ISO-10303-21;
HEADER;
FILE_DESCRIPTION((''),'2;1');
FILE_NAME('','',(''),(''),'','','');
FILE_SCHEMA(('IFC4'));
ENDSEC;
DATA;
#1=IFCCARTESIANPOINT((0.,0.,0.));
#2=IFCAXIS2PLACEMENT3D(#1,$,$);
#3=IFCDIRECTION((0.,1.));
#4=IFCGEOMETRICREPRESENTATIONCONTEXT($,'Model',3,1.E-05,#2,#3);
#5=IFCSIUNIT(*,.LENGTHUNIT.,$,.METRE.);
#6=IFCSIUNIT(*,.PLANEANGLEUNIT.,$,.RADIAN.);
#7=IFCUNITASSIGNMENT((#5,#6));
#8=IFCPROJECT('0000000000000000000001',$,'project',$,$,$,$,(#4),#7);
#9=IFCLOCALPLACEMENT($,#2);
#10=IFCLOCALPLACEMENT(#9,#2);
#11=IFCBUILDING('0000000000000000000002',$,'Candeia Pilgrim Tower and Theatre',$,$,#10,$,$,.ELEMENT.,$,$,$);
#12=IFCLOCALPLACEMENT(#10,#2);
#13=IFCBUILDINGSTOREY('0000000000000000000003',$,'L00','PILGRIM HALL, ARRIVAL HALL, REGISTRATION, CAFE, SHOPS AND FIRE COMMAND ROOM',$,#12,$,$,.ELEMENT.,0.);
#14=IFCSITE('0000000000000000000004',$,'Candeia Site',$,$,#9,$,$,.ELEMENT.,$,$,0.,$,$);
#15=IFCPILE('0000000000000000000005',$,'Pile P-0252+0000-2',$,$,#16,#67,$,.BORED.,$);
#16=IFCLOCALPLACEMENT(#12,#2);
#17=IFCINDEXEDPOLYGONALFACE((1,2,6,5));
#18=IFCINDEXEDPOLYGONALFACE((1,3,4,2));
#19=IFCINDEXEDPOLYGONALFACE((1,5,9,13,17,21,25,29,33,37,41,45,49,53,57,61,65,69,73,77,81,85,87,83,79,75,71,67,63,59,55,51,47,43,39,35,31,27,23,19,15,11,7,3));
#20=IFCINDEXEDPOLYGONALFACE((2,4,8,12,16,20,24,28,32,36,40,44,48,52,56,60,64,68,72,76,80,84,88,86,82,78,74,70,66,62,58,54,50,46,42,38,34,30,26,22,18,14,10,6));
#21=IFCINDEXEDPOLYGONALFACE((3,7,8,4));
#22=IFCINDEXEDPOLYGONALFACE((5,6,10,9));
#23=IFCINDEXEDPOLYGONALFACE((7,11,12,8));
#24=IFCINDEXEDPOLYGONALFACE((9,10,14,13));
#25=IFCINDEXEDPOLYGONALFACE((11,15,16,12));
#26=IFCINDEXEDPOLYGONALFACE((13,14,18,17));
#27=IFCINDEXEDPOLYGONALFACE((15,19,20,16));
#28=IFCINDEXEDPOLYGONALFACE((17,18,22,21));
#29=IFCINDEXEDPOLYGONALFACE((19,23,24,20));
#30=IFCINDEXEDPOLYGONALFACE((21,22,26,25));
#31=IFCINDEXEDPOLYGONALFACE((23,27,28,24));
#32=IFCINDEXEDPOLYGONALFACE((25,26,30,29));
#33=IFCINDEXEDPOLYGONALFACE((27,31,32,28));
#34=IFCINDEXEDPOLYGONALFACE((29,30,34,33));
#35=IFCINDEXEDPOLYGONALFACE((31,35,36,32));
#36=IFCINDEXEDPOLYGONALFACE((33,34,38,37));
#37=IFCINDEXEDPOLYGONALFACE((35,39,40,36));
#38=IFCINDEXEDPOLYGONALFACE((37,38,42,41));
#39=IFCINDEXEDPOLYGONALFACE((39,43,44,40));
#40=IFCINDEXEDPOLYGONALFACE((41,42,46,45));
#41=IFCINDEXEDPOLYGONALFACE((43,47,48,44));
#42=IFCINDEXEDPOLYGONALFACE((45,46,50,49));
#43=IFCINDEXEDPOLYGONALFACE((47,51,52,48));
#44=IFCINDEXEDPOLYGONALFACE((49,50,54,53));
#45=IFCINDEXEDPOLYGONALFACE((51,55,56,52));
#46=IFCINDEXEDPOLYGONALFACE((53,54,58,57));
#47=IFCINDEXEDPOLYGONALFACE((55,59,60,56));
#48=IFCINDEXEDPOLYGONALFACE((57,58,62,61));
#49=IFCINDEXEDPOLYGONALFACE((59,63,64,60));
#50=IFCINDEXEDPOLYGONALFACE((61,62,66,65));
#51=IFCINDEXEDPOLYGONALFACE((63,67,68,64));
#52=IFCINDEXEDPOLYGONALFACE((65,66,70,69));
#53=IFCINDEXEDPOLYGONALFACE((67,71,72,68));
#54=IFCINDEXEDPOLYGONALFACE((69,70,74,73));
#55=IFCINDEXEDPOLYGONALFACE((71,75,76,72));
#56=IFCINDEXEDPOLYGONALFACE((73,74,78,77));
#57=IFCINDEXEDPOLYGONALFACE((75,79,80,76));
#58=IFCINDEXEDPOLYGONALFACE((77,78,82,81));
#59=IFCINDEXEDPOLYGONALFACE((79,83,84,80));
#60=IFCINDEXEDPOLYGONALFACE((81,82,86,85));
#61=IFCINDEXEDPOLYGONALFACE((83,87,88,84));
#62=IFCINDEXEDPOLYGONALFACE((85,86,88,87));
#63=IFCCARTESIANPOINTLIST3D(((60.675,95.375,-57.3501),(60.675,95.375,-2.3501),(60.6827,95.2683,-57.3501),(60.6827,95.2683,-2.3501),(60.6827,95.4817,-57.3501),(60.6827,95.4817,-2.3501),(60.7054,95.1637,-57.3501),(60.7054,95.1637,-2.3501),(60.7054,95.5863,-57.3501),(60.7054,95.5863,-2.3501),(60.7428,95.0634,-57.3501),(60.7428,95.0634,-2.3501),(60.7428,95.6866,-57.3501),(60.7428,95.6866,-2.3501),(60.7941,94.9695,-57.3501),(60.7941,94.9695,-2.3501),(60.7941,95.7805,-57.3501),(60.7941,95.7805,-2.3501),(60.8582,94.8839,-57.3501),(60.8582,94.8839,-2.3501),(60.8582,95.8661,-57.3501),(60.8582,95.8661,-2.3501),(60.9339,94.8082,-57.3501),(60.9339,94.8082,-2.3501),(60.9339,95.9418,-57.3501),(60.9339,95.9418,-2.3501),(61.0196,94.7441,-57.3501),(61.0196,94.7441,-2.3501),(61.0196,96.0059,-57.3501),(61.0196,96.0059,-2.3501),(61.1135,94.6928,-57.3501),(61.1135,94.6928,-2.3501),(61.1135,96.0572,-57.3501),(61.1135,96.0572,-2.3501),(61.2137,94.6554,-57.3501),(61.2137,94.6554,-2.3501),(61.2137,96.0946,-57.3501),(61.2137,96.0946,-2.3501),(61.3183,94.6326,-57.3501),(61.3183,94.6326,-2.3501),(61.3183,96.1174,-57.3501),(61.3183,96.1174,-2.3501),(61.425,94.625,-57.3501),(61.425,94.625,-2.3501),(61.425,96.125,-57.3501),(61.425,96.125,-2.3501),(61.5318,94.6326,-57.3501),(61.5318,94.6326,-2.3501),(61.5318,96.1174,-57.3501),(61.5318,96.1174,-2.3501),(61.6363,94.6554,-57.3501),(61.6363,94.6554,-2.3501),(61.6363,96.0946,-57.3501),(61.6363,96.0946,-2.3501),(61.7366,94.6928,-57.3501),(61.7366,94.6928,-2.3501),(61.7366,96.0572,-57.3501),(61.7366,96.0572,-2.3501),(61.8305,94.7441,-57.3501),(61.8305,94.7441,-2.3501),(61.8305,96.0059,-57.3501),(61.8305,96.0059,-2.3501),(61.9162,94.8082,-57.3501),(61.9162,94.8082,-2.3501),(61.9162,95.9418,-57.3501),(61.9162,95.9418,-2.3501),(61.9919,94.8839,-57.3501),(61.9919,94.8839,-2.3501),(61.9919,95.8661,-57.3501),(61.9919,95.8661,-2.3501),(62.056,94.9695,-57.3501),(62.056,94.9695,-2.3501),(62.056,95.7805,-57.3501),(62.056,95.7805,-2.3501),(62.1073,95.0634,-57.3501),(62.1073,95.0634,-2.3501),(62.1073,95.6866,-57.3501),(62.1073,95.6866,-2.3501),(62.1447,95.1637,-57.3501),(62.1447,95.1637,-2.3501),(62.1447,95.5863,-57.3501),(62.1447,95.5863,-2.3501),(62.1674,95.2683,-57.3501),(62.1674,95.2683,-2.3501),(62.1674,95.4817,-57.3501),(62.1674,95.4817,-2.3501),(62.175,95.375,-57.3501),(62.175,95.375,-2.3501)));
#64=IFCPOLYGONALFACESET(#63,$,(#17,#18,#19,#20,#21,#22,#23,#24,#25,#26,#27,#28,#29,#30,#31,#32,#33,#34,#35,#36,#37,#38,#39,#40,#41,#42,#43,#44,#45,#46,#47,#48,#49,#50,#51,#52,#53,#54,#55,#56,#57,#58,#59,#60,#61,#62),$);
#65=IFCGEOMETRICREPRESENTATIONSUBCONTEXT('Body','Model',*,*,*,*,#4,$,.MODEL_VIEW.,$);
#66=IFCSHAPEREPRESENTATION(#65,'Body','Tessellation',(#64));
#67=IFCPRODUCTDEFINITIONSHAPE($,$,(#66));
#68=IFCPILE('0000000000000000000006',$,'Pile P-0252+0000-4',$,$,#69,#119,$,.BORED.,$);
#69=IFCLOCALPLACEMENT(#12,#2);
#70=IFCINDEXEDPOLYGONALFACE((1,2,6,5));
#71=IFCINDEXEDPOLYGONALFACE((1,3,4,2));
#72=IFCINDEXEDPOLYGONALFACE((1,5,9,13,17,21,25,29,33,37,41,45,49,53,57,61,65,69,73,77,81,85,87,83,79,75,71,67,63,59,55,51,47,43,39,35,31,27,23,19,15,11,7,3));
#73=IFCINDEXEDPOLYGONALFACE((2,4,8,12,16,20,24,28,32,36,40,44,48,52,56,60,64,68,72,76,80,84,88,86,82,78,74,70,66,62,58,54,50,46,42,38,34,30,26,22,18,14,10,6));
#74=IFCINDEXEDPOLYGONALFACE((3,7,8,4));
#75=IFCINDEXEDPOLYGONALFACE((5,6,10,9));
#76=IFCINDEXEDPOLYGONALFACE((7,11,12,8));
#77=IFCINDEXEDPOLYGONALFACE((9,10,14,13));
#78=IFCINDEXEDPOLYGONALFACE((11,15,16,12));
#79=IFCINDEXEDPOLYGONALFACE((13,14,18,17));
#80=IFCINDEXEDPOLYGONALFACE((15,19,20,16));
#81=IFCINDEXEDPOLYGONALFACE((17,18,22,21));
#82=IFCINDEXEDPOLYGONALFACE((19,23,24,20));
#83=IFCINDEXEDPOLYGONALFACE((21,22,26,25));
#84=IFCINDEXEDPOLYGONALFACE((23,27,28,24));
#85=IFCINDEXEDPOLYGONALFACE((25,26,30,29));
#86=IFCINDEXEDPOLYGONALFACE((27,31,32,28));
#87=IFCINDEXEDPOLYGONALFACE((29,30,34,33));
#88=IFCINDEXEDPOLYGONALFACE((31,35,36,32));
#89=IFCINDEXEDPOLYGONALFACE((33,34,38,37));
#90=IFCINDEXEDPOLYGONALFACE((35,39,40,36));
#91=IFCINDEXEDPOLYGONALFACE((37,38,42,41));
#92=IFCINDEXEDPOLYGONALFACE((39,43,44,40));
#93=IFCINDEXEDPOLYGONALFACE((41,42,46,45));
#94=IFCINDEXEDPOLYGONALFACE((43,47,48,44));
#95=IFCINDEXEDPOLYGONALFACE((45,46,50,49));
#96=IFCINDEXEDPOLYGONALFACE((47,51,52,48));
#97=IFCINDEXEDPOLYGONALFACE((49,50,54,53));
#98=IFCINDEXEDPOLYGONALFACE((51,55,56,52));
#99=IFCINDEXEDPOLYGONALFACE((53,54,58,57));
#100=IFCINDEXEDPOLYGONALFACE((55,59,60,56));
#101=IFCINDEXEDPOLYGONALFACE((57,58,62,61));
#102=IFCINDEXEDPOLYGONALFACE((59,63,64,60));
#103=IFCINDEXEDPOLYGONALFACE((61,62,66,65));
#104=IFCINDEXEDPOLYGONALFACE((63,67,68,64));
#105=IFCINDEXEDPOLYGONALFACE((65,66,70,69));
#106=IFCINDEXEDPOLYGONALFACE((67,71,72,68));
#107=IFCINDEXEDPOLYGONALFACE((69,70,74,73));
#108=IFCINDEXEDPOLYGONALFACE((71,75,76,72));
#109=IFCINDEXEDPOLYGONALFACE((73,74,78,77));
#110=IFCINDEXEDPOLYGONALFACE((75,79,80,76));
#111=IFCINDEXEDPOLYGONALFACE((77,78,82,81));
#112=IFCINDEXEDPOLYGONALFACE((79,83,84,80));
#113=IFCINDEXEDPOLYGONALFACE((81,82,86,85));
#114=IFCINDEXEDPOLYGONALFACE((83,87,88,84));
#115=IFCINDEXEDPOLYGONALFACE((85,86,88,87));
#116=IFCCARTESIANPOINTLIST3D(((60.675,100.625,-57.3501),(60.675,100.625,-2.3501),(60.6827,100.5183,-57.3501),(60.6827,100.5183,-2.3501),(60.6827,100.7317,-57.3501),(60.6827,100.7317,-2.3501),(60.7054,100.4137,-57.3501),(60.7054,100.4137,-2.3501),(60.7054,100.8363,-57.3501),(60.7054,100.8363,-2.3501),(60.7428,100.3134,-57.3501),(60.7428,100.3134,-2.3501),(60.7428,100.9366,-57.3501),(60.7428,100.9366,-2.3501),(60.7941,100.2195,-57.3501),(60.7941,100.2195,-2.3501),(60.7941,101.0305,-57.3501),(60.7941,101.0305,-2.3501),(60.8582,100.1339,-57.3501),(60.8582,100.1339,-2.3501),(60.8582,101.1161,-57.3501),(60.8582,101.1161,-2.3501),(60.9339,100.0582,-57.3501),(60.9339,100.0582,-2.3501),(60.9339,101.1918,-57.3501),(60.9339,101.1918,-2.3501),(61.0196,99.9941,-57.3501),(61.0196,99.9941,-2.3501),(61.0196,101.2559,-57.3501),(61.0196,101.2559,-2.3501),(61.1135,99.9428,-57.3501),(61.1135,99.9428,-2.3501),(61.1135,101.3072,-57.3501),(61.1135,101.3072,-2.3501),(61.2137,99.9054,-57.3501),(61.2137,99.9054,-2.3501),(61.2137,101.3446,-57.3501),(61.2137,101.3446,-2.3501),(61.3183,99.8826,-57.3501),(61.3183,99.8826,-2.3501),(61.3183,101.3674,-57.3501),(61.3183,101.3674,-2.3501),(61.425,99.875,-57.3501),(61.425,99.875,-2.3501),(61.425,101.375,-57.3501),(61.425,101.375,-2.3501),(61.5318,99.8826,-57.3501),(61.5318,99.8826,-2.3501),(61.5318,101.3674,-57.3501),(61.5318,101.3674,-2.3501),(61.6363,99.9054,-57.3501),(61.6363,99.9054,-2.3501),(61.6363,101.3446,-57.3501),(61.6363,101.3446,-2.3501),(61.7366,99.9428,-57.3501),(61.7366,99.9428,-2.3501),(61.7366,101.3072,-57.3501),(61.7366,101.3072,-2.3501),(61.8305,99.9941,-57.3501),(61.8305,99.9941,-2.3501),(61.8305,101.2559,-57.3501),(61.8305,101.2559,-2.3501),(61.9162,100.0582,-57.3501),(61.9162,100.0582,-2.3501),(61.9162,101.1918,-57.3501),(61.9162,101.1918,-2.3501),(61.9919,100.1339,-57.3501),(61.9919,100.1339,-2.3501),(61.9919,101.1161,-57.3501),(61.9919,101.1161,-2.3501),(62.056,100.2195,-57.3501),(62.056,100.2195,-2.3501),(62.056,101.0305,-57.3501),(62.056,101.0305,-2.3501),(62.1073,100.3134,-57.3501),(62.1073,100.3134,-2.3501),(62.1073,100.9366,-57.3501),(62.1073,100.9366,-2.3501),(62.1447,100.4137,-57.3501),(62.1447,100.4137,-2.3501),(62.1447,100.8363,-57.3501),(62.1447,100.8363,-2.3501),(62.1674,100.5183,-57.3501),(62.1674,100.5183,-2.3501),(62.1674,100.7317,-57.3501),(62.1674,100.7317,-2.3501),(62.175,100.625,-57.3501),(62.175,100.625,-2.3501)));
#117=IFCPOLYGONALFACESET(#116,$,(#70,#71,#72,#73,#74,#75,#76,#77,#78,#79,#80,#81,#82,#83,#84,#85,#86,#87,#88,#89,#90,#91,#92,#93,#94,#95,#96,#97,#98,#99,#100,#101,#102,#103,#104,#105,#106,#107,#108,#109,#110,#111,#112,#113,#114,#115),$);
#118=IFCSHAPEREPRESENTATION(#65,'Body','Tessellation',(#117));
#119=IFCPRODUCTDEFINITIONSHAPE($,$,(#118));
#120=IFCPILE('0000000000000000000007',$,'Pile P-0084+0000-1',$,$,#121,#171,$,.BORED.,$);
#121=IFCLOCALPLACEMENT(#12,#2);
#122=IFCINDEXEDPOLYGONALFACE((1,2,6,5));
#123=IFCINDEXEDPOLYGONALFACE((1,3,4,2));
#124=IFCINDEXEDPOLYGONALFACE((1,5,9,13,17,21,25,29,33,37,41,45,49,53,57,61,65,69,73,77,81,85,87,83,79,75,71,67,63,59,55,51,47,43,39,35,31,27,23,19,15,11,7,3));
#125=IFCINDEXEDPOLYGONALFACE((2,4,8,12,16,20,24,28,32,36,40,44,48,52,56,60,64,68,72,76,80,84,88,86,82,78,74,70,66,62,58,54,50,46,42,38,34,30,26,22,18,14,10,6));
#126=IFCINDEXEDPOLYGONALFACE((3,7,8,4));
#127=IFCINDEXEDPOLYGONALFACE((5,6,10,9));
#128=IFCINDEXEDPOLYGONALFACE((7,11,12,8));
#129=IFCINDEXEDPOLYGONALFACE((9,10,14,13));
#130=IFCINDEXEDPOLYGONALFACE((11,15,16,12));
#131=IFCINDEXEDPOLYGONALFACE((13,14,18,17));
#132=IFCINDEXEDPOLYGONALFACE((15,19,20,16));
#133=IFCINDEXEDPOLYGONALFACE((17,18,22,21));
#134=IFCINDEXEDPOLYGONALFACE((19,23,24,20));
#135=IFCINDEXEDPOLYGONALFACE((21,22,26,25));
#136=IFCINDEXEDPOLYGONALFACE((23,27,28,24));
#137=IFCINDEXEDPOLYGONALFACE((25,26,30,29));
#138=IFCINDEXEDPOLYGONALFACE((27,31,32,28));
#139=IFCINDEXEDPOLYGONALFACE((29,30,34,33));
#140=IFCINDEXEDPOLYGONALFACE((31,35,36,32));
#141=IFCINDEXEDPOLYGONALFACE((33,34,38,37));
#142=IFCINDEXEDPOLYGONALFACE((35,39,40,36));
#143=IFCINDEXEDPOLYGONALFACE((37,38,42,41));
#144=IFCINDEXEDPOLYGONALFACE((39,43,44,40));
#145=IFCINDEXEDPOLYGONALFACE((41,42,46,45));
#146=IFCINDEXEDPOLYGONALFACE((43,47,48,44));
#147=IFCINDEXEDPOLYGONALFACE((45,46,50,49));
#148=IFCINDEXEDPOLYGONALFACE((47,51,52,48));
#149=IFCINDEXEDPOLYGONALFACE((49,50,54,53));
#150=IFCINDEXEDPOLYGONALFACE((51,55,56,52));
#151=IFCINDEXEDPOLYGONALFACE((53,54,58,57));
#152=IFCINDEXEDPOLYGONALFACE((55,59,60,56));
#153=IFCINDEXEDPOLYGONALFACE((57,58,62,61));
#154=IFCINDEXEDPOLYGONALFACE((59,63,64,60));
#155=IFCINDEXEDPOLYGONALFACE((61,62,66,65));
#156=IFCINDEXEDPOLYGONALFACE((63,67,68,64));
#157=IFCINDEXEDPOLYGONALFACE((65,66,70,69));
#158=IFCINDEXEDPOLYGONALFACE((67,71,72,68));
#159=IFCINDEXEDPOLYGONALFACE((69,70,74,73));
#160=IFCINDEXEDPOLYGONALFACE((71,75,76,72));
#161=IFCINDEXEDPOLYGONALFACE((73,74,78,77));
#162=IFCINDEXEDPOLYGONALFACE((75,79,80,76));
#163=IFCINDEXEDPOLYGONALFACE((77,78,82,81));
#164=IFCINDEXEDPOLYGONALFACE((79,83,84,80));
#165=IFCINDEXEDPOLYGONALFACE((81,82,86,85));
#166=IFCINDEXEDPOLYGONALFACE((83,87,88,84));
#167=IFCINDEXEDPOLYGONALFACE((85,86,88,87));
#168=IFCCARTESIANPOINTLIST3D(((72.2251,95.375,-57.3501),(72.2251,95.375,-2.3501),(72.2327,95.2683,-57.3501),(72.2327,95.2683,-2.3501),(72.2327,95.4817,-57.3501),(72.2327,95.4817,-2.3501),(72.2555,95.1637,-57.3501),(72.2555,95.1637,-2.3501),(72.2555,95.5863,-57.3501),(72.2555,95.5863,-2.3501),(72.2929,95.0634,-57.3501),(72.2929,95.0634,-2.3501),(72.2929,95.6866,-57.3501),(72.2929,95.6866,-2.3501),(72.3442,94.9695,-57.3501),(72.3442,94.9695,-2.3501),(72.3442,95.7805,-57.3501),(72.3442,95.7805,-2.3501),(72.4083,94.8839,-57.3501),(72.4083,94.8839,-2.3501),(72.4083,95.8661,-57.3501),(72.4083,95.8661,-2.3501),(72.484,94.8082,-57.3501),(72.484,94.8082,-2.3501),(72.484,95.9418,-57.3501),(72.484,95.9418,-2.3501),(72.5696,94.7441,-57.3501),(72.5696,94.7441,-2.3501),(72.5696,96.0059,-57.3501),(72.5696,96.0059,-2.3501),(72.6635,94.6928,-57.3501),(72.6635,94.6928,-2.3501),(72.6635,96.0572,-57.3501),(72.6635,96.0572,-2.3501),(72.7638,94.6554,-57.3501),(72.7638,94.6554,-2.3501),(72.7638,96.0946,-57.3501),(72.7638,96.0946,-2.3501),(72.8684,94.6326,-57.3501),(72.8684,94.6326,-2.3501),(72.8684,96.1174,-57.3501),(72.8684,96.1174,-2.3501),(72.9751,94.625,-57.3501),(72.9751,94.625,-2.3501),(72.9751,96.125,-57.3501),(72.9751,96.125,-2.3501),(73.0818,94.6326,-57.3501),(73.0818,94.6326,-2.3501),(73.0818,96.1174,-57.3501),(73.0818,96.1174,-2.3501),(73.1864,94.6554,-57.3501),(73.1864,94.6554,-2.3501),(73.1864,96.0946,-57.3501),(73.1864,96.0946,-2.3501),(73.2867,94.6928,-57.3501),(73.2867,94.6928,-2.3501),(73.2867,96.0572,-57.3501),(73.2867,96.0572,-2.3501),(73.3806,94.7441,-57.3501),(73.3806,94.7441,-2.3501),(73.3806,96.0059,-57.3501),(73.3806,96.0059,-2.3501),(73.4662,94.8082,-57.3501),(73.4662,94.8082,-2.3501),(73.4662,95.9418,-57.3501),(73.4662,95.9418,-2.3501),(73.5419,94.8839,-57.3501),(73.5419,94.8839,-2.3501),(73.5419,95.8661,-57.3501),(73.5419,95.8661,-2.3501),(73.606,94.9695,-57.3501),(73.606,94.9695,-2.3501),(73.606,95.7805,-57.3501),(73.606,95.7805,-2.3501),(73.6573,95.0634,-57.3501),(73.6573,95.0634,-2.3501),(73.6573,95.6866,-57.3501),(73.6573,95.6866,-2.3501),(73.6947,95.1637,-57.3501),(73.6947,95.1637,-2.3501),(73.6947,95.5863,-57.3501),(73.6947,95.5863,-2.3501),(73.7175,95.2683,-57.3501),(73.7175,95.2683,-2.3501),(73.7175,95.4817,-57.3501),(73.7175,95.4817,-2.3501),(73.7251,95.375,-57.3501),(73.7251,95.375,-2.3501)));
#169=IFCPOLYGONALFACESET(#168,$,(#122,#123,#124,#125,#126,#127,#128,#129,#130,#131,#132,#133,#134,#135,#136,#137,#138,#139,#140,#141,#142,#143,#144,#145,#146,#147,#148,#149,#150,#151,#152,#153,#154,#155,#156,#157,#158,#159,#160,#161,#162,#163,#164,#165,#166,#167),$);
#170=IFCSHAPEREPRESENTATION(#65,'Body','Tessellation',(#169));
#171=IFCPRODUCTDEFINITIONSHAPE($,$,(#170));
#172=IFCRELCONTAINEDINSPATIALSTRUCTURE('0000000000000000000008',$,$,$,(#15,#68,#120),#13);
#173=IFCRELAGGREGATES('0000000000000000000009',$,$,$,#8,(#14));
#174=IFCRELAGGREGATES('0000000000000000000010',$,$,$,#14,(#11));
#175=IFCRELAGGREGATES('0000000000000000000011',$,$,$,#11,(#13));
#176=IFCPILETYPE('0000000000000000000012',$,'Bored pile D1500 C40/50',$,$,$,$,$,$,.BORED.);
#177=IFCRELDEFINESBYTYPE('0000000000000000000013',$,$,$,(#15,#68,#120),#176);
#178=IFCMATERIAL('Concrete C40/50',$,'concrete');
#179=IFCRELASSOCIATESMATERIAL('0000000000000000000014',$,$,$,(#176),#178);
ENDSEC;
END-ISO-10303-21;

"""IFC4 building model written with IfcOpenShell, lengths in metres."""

from ifc_helpers import new_model, si_unit, direction, frame, origin, origin_2d, place, context, subcontext, project, spatial, circle, extrude, material, material_profile, profile_set, type_object, element, save


model = new_model("IFC4")

# Units and contexts
model_context = context("Model", 3, precision=1e-05, world=origin(), true_north=direction((0.0, 1.0)))
body_context = subcontext(model_context, "Body", "Model", "MODEL_VIEW")
ifc_project = project(units=[si_unit("LENGTHUNIT", "METRE"), si_unit("PLANEANGLEUNIT", "RADIAN")], contexts=[model_context])

# Site, building, storey
site_placement = place(None, origin())
site = spatial("IfcSite", under=ifc_project, at=site_placement, Name="Candeia Site", CompositionType="ELEMENT", RefElevation=0.0)
building_placement = place(site_placement, origin())
building = spatial("IfcBuilding", under=site, at=building_placement, Name="Candeia Pilgrim Tower and Theatre", CompositionType="ELEMENT")
storey_placement = place(building_placement, origin())
storey = spatial("IfcBuildingStorey", under=building, at=storey_placement, Name="L00", Description="PILGRIM HALL, ARRIVAL HALL, REGISTRATION, CAFE, SHOPS AND FIRE COMMAND ROOM", CompositionType="ELEMENT", Elevation=0.0)

# Piles
ifc_material_1 = material(Name="Concrete C40/50", Category="concrete")
ifc_material_profile_1 = material_profile(ifc_material_1, circle(Radius=0.75, at=origin_2d()))
ifc_profile_set_1 = profile_set([ifc_material_profile_1], Name="Concrete C40/50")
pile_type = type_object("IfcPileType", Name="Bored pile D1500 C40/50", PredefinedType="BORED", material=ifc_profile_set_1)
for number, where, z_axis, x_axis, name in (
    (1, (61.425, 95.375, -2.3501), (0.0, 0.0, -1.0), (1.0, 0.0, 0.0), "Pile P-0252+0000-2"),
    (2, (61.425, 100.625, -2.3501), (0.0, 0.0, -1.0), (1.0, 0.0, 0.0), "Pile P-0252+0000-4"),
    (3, (72.9751, 95.375, -2.3501), (0.0, 0.0, -1.0), (1.0, 0.0, 0.0), "Pile P-0084+0000-1"),
):
    element("IfcPile", number, at=place(storey_placement, frame(where, z_axis=z_axis, x_axis=x_axis)), inside=storey, type_object=pile_type, Name=name, PredefinedType="BORED", context=body_context, shape_type="SweptSolid", body=[
        extrude(circle(Radius=0.75, at=origin_2d()), origin(), (0.0, 0.0, 1.0), 55.0),
    ])

save(model, "model.ifc")
